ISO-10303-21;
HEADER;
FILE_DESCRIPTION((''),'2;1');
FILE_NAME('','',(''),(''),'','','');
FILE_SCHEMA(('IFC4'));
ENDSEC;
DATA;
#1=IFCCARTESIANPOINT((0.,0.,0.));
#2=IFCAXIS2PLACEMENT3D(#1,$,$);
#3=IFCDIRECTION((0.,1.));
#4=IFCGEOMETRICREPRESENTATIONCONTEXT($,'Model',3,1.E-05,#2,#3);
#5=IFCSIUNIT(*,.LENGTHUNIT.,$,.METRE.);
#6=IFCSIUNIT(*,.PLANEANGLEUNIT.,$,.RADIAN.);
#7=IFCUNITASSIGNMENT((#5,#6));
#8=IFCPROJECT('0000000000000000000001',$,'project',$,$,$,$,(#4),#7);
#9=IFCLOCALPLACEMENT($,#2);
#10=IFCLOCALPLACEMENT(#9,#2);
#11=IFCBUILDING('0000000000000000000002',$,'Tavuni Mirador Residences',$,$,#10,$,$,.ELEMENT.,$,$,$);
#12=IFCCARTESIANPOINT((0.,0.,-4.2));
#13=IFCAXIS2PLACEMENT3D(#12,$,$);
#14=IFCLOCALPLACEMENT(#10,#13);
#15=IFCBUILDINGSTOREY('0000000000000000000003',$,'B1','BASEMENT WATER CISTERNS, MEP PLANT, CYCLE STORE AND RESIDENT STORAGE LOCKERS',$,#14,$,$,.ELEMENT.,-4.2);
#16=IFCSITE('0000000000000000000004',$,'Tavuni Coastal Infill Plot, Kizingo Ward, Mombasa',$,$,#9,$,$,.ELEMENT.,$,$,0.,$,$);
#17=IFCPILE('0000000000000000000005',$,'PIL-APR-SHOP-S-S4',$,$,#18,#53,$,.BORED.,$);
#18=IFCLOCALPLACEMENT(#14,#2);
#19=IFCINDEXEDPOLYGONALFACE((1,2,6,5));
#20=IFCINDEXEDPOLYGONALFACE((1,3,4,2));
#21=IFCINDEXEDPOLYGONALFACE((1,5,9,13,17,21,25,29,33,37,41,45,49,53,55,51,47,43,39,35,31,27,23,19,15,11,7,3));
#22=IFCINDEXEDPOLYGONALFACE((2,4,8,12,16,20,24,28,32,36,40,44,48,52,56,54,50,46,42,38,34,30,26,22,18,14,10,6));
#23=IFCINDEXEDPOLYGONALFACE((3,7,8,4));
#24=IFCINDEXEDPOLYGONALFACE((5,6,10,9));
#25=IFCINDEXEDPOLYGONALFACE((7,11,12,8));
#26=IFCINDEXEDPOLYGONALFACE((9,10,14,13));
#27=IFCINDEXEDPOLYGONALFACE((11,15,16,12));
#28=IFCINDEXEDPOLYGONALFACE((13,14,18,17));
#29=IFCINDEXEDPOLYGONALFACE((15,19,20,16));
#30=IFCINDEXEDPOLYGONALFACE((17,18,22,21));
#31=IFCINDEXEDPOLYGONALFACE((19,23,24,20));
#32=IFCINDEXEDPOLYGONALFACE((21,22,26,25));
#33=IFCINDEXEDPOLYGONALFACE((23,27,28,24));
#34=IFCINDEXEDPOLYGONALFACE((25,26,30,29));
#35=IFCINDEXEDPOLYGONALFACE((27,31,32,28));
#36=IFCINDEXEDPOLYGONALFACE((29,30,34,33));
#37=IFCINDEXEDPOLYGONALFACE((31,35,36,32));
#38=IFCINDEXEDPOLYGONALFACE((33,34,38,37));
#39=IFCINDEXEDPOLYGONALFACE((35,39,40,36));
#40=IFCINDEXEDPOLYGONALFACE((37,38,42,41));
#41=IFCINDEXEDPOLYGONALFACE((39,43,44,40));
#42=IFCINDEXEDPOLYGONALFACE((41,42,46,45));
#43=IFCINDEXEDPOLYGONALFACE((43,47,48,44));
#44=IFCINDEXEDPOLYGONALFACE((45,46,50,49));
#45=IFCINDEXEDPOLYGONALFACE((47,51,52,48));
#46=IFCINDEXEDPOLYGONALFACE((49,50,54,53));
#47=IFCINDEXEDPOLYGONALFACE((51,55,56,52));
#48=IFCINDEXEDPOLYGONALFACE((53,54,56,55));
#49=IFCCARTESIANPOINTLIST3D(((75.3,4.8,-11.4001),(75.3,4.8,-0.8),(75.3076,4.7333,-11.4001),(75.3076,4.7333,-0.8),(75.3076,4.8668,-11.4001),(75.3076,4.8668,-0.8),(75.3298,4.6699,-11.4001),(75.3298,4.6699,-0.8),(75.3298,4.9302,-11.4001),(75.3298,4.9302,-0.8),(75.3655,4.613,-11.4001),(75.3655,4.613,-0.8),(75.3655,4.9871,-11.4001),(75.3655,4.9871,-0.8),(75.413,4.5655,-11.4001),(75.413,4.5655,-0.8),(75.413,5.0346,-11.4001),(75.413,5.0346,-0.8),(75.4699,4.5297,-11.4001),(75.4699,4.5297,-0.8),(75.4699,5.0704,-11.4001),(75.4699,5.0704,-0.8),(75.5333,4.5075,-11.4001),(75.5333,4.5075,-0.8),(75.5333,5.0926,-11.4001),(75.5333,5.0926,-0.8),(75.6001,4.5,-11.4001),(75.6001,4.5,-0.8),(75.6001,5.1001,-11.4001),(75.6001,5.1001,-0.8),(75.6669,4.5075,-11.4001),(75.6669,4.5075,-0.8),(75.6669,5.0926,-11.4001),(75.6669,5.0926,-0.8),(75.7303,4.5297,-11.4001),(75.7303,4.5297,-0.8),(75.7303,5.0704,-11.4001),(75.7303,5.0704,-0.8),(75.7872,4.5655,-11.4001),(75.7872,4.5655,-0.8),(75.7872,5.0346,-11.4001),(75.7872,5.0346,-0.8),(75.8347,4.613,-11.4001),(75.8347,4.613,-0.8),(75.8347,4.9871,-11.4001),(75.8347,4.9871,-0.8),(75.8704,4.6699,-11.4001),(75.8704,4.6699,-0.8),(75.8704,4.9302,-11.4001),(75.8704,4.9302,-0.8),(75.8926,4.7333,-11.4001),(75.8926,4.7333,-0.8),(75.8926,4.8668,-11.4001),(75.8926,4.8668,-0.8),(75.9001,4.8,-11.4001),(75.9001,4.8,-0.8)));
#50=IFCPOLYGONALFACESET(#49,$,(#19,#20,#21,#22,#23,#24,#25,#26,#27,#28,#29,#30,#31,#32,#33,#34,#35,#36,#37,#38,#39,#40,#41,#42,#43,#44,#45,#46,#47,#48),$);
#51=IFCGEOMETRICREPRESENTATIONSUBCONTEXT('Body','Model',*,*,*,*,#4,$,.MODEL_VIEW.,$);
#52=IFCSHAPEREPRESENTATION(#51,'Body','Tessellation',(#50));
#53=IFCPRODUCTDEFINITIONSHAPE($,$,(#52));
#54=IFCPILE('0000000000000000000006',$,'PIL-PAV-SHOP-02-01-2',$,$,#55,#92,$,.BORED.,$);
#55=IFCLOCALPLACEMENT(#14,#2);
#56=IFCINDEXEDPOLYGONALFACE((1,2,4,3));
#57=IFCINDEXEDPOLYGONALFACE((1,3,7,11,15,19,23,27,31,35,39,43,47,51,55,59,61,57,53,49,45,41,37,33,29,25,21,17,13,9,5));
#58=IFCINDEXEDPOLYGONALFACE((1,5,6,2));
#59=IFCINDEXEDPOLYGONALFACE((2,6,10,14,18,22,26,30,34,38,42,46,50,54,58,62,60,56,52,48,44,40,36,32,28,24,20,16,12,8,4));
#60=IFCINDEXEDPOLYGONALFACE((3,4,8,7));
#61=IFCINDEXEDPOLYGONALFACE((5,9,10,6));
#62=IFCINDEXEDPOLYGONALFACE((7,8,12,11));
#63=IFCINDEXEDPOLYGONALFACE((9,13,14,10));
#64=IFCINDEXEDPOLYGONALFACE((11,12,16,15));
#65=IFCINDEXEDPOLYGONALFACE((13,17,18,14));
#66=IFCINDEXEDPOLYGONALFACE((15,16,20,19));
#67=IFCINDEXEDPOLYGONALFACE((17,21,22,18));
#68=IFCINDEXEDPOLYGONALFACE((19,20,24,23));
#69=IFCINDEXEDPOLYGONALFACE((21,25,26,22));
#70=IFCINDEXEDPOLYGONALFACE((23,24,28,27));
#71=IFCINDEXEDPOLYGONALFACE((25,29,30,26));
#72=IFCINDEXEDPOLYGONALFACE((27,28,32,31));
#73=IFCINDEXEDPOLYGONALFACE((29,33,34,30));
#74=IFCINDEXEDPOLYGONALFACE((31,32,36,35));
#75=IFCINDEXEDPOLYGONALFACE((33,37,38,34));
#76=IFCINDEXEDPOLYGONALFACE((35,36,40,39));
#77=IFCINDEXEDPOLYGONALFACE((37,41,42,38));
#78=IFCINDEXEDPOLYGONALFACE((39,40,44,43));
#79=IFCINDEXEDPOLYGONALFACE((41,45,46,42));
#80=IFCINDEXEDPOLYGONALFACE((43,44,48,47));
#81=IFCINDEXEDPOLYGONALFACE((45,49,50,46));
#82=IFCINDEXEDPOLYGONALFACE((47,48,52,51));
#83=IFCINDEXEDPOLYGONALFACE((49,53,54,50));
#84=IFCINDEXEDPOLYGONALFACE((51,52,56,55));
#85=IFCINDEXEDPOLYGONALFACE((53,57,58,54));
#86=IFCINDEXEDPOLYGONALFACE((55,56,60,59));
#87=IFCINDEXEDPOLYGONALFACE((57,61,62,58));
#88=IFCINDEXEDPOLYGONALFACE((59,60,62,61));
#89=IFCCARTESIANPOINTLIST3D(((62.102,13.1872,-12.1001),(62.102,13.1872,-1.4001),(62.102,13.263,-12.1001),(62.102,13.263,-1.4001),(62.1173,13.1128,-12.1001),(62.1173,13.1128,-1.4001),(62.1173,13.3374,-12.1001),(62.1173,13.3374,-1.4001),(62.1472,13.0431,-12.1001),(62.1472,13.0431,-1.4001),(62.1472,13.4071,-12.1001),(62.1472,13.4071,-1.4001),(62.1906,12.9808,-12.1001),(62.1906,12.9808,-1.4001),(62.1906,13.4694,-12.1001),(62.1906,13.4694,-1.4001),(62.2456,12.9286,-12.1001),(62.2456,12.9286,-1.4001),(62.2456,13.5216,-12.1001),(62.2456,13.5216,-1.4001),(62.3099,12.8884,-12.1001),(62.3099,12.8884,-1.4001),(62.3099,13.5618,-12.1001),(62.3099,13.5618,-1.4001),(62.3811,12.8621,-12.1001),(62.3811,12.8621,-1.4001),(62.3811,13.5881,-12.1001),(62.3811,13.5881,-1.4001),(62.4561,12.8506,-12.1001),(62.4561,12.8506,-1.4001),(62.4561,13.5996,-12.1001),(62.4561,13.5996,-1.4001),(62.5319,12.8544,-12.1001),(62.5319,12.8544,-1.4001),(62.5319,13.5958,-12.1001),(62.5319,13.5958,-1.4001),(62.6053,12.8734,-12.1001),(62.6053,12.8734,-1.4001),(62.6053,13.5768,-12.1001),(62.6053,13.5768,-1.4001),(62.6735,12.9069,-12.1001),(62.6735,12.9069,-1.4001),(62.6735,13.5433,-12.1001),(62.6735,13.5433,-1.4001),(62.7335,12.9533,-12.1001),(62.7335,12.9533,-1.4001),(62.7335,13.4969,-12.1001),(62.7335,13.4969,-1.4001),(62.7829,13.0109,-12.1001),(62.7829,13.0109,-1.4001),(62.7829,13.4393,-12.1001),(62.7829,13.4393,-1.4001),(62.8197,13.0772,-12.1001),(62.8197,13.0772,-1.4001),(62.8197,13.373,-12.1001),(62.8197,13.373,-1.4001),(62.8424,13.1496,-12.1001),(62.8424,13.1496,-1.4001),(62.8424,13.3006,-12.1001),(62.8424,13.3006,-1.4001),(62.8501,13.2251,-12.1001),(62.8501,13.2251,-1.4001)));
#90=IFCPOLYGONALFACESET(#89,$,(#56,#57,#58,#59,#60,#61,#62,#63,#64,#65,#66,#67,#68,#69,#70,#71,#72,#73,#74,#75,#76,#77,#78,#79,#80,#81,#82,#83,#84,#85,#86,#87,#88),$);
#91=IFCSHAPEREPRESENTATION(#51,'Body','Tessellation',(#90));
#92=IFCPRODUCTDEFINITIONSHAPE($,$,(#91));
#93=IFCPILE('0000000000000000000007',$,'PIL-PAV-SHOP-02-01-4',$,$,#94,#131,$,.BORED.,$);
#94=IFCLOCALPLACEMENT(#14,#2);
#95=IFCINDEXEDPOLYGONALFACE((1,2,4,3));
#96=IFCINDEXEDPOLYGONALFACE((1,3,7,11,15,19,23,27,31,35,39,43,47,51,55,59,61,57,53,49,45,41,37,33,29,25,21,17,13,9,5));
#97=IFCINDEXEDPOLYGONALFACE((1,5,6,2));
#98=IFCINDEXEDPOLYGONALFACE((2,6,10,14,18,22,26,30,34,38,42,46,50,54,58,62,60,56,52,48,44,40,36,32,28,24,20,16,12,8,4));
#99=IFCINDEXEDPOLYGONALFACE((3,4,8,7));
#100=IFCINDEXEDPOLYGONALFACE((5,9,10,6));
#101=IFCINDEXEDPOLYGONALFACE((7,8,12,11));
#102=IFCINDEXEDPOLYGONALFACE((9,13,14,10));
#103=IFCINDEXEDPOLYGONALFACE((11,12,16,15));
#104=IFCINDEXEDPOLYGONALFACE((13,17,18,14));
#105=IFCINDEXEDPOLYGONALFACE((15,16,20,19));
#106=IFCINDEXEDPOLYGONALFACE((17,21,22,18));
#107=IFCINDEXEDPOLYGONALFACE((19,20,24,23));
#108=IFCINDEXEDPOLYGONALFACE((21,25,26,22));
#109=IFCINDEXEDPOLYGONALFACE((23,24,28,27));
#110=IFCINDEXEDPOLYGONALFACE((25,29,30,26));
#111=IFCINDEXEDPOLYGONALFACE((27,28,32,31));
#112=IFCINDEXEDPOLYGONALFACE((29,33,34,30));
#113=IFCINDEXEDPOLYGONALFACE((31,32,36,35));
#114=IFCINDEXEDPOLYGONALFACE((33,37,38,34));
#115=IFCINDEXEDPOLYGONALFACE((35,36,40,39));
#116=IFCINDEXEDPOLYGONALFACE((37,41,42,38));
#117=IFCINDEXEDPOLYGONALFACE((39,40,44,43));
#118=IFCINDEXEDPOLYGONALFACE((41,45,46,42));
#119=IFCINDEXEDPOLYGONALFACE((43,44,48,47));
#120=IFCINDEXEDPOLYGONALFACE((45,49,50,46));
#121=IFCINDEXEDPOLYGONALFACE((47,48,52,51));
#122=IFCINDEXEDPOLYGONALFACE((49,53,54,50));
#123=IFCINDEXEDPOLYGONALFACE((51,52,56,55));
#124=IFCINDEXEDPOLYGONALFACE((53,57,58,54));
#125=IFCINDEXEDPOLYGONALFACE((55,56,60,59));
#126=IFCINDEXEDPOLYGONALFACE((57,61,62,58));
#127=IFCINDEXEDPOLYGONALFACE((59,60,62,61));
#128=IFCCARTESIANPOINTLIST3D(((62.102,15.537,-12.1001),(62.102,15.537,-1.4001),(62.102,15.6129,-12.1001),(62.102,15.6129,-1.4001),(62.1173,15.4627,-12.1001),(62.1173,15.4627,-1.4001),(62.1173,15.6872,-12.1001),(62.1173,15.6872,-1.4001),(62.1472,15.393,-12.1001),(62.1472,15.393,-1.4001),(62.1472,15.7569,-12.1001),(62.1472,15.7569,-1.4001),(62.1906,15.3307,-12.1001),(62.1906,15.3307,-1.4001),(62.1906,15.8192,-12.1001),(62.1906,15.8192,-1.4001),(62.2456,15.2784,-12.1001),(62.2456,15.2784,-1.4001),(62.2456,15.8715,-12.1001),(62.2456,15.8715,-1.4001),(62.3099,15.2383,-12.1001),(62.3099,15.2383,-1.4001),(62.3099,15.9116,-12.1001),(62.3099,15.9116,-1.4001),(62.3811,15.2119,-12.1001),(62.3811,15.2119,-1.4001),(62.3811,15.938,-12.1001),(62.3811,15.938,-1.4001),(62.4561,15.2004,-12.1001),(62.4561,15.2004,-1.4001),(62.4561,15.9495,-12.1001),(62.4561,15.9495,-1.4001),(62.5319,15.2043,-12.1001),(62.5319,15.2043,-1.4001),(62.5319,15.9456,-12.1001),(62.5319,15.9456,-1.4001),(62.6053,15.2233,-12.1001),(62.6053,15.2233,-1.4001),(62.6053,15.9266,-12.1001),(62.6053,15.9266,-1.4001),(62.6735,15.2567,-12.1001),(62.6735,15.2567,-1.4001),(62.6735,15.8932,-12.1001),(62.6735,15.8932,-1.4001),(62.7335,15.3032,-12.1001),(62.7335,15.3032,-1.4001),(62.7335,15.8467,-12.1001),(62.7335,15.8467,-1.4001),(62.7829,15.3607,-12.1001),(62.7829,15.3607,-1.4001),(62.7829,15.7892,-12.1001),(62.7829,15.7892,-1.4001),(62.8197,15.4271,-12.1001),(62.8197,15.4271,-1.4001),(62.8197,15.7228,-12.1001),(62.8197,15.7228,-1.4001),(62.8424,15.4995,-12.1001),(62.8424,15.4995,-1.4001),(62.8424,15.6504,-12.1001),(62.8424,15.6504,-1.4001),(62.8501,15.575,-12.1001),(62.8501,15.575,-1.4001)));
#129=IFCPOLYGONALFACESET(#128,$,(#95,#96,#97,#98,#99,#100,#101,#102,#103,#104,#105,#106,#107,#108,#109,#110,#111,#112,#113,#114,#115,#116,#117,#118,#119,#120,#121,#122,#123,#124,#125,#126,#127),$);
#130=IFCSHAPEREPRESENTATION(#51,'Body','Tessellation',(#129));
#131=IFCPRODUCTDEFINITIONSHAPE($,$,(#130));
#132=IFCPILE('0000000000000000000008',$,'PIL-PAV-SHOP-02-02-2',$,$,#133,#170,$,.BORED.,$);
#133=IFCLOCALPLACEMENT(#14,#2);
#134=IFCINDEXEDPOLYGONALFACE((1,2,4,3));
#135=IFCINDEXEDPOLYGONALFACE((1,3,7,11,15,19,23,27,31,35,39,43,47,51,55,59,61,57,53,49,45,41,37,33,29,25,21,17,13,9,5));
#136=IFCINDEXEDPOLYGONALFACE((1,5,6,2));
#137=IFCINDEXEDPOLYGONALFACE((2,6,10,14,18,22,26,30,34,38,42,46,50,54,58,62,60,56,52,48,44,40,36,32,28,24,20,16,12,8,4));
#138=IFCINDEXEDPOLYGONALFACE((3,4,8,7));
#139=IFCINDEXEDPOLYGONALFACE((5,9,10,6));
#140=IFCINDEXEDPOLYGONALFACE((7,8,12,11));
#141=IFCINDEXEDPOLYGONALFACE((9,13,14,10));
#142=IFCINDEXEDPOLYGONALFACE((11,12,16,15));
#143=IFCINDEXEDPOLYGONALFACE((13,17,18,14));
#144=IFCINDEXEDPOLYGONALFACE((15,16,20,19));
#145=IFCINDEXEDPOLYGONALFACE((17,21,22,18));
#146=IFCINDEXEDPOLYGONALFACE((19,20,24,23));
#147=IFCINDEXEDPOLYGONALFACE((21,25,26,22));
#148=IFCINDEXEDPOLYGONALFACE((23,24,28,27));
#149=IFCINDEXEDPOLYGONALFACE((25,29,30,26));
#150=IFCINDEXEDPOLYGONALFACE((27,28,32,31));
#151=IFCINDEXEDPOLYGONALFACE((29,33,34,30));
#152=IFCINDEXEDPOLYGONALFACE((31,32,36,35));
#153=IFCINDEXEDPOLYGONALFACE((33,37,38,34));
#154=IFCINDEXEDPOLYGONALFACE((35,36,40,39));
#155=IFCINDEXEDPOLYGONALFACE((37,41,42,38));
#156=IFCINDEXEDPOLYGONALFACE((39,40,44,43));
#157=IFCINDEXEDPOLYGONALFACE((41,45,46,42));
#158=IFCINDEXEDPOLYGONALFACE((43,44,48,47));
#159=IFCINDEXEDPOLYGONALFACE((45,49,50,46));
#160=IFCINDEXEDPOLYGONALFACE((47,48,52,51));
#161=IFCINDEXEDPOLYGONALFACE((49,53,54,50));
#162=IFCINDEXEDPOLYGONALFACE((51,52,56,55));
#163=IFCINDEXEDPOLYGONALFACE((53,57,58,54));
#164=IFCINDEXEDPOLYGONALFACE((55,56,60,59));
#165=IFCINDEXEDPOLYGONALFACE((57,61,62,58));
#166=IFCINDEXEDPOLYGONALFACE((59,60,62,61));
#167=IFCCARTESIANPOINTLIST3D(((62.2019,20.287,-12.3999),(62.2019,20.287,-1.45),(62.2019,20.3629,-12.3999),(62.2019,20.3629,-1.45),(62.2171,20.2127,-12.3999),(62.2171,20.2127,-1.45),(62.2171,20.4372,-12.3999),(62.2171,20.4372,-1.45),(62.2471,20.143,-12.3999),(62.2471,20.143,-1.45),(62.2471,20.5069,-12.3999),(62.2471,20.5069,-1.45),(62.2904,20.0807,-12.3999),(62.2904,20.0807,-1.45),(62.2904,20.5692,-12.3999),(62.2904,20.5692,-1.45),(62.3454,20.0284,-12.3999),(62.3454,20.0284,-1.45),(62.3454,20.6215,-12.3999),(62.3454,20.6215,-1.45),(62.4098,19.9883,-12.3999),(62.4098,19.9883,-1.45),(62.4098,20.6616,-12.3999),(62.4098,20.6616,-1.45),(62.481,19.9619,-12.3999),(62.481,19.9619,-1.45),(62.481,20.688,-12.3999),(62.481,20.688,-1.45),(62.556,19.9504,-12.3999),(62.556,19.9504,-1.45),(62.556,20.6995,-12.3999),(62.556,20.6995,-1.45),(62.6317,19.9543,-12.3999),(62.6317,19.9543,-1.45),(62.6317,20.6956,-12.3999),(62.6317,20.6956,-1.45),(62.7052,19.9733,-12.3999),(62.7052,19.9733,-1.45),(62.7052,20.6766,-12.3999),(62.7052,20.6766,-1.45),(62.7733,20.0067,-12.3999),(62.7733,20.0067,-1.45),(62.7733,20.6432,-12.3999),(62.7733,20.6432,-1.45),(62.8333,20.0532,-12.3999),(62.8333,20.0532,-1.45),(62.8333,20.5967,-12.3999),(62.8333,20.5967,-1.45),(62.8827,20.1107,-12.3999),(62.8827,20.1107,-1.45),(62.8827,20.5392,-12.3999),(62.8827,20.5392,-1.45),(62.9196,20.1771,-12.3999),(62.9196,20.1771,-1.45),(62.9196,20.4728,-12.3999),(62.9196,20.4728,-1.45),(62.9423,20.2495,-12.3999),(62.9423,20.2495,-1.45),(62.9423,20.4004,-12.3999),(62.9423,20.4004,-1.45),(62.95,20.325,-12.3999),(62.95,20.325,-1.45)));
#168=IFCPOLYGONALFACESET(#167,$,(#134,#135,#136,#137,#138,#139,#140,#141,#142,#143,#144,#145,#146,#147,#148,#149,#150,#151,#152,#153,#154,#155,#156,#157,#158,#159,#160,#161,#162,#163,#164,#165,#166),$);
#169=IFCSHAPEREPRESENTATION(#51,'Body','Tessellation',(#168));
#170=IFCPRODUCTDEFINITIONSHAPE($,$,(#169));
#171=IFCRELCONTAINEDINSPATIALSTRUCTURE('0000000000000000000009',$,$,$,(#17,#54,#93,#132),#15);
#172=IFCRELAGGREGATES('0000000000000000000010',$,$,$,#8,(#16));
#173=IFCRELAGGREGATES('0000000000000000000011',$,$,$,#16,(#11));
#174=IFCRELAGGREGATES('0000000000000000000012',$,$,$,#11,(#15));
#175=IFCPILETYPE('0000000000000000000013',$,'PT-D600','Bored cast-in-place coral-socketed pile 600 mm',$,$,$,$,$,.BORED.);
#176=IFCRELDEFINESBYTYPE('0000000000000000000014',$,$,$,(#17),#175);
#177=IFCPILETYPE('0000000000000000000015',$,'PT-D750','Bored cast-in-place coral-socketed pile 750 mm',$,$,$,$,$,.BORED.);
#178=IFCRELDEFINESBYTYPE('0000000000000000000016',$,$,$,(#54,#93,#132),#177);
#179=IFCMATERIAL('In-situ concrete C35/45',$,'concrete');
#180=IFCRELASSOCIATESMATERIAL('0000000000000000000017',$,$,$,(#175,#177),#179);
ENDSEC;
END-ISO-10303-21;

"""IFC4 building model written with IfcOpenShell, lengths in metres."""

from ifc_helpers import new_model, si_unit, direction, frame, origin, origin_2d, place, context, subcontext, project, spatial, circle, extrude, material, material_profile, profile_set, type_object, element, save


model = new_model("IFC4")

# Units and contexts
model_context = context("Model", 3, precision=1e-05, world=origin(), true_north=direction((0.0, 1.0)))
body_context = subcontext(model_context, "Body", "Model", "MODEL_VIEW")
ifc_project = project(units=[si_unit("LENGTHUNIT", "METRE"), si_unit("PLANEANGLEUNIT", "RADIAN")], contexts=[model_context])

# Site, building, storey
site_placement = place(None, origin())
site = spatial("IfcSite", under=ifc_project, at=site_placement, Name="Tavuni Coastal Infill Plot, Kizingo Ward, Mombasa", CompositionType="ELEMENT", RefElevation=0.0)
building_placement = place(site_placement, origin())
building = spatial("IfcBuilding", under=site, at=building_placement, Name="Tavuni Mirador Residences", CompositionType="ELEMENT")
storey_placement = place(building_placement, frame((0.0, 0.0, -4.2)))
storey = spatial("IfcBuildingStorey", under=building, at=storey_placement, Name="B1", Description="BASEMENT WATER CISTERNS, MEP PLANT, CYCLE STORE AND RESIDENT STORAGE LOCKERS", CompositionType="ELEMENT", Elevation=-4.2)

# Shared definitions
ifc_material_1 = material(Name="In-situ concrete C35/45", Category="concrete")

# Piles
ifc_material_profile_1 = material_profile(ifc_material_1, circle(Radius=0.3, at=origin_2d()), Name="PILE D600", Category="concrete")
ifc_profile_set_1 = profile_set([ifc_material_profile_1], Name="In-situ concrete C35/45")
pile_type_1 = type_object("IfcPileType", Name="PT-D600", Description="Bored cast-in-place coral-socketed pile 600 mm", PredefinedType="BORED", material=ifc_profile_set_1)
pile_1_placement = place(storey_placement, frame((75.6001, 4.8, -0.8), z_axis=(0.0, 0.0, -1.0), x_axis=(1.0, 0.0, 0.0)))
element("IfcPile", 1, at=pile_1_placement, inside=storey, type_object=pile_type_1, Name="PIL-APR-SHOP-S-S4", PredefinedType="BORED", context=body_context, shape_type="SweptSolid", body=[
    extrude(circle(Radius=0.3, at=origin_2d()), origin(), (0.0, 0.0, 1.0), 10.6001),
])
ifc_material_profile_2 = material_profile(ifc_material_1, circle(Radius=0.375, at=origin_2d()), Name="PILE D750", Category="concrete")
ifc_profile_set_2 = profile_set([ifc_material_profile_2], Name="In-situ concrete C35/45")
pile_type_2 = type_object("IfcPileType", Name="PT-D750", Description="Bored cast-in-place coral-socketed pile 750 mm", PredefinedType="BORED", material=ifc_profile_set_2)
for number, where, z_axis, x_axis, name in (
    (2, (62.4751, 13.2251, -1.4001), (0.0, 0.0, -1.0), (1.0, 0.0, 0.0), "PIL-PAV-SHOP-02-01-2"),
    (3, (62.4751, 15.575, -1.4001), (0.0, 0.0, -1.0), (1.0, 0.0, 0.0), "PIL-PAV-SHOP-02-01-4"),
):
    element("IfcPile", number, at=place(storey_placement, frame(where, z_axis=z_axis, x_axis=x_axis)), inside=storey, type_object=pile_type_2, Name=name, PredefinedType="BORED", context=body_context, shape_type="SweptSolid", body=[
        extrude(circle(Radius=0.375, at=origin_2d()), origin(), (0.0, 0.0, 1.0), 10.7),
    ])
pile_2_placement = place(storey_placement, frame((62.575, 20.325, -1.45), z_axis=(0.0, 0.0, -1.0), x_axis=(1.0, 0.0, 0.0)))
element("IfcPile", 4, at=pile_2_placement, inside=storey, type_object=pile_type_2, Name="PIL-PAV-SHOP-02-02-2", PredefinedType="BORED", context=body_context, shape_type="SweptSolid", body=[
    extrude(circle(Radius=0.375, at=origin_2d()), origin(), (0.0, 0.0, 1.0), 10.95),
])

save(model, "model.ifc")
